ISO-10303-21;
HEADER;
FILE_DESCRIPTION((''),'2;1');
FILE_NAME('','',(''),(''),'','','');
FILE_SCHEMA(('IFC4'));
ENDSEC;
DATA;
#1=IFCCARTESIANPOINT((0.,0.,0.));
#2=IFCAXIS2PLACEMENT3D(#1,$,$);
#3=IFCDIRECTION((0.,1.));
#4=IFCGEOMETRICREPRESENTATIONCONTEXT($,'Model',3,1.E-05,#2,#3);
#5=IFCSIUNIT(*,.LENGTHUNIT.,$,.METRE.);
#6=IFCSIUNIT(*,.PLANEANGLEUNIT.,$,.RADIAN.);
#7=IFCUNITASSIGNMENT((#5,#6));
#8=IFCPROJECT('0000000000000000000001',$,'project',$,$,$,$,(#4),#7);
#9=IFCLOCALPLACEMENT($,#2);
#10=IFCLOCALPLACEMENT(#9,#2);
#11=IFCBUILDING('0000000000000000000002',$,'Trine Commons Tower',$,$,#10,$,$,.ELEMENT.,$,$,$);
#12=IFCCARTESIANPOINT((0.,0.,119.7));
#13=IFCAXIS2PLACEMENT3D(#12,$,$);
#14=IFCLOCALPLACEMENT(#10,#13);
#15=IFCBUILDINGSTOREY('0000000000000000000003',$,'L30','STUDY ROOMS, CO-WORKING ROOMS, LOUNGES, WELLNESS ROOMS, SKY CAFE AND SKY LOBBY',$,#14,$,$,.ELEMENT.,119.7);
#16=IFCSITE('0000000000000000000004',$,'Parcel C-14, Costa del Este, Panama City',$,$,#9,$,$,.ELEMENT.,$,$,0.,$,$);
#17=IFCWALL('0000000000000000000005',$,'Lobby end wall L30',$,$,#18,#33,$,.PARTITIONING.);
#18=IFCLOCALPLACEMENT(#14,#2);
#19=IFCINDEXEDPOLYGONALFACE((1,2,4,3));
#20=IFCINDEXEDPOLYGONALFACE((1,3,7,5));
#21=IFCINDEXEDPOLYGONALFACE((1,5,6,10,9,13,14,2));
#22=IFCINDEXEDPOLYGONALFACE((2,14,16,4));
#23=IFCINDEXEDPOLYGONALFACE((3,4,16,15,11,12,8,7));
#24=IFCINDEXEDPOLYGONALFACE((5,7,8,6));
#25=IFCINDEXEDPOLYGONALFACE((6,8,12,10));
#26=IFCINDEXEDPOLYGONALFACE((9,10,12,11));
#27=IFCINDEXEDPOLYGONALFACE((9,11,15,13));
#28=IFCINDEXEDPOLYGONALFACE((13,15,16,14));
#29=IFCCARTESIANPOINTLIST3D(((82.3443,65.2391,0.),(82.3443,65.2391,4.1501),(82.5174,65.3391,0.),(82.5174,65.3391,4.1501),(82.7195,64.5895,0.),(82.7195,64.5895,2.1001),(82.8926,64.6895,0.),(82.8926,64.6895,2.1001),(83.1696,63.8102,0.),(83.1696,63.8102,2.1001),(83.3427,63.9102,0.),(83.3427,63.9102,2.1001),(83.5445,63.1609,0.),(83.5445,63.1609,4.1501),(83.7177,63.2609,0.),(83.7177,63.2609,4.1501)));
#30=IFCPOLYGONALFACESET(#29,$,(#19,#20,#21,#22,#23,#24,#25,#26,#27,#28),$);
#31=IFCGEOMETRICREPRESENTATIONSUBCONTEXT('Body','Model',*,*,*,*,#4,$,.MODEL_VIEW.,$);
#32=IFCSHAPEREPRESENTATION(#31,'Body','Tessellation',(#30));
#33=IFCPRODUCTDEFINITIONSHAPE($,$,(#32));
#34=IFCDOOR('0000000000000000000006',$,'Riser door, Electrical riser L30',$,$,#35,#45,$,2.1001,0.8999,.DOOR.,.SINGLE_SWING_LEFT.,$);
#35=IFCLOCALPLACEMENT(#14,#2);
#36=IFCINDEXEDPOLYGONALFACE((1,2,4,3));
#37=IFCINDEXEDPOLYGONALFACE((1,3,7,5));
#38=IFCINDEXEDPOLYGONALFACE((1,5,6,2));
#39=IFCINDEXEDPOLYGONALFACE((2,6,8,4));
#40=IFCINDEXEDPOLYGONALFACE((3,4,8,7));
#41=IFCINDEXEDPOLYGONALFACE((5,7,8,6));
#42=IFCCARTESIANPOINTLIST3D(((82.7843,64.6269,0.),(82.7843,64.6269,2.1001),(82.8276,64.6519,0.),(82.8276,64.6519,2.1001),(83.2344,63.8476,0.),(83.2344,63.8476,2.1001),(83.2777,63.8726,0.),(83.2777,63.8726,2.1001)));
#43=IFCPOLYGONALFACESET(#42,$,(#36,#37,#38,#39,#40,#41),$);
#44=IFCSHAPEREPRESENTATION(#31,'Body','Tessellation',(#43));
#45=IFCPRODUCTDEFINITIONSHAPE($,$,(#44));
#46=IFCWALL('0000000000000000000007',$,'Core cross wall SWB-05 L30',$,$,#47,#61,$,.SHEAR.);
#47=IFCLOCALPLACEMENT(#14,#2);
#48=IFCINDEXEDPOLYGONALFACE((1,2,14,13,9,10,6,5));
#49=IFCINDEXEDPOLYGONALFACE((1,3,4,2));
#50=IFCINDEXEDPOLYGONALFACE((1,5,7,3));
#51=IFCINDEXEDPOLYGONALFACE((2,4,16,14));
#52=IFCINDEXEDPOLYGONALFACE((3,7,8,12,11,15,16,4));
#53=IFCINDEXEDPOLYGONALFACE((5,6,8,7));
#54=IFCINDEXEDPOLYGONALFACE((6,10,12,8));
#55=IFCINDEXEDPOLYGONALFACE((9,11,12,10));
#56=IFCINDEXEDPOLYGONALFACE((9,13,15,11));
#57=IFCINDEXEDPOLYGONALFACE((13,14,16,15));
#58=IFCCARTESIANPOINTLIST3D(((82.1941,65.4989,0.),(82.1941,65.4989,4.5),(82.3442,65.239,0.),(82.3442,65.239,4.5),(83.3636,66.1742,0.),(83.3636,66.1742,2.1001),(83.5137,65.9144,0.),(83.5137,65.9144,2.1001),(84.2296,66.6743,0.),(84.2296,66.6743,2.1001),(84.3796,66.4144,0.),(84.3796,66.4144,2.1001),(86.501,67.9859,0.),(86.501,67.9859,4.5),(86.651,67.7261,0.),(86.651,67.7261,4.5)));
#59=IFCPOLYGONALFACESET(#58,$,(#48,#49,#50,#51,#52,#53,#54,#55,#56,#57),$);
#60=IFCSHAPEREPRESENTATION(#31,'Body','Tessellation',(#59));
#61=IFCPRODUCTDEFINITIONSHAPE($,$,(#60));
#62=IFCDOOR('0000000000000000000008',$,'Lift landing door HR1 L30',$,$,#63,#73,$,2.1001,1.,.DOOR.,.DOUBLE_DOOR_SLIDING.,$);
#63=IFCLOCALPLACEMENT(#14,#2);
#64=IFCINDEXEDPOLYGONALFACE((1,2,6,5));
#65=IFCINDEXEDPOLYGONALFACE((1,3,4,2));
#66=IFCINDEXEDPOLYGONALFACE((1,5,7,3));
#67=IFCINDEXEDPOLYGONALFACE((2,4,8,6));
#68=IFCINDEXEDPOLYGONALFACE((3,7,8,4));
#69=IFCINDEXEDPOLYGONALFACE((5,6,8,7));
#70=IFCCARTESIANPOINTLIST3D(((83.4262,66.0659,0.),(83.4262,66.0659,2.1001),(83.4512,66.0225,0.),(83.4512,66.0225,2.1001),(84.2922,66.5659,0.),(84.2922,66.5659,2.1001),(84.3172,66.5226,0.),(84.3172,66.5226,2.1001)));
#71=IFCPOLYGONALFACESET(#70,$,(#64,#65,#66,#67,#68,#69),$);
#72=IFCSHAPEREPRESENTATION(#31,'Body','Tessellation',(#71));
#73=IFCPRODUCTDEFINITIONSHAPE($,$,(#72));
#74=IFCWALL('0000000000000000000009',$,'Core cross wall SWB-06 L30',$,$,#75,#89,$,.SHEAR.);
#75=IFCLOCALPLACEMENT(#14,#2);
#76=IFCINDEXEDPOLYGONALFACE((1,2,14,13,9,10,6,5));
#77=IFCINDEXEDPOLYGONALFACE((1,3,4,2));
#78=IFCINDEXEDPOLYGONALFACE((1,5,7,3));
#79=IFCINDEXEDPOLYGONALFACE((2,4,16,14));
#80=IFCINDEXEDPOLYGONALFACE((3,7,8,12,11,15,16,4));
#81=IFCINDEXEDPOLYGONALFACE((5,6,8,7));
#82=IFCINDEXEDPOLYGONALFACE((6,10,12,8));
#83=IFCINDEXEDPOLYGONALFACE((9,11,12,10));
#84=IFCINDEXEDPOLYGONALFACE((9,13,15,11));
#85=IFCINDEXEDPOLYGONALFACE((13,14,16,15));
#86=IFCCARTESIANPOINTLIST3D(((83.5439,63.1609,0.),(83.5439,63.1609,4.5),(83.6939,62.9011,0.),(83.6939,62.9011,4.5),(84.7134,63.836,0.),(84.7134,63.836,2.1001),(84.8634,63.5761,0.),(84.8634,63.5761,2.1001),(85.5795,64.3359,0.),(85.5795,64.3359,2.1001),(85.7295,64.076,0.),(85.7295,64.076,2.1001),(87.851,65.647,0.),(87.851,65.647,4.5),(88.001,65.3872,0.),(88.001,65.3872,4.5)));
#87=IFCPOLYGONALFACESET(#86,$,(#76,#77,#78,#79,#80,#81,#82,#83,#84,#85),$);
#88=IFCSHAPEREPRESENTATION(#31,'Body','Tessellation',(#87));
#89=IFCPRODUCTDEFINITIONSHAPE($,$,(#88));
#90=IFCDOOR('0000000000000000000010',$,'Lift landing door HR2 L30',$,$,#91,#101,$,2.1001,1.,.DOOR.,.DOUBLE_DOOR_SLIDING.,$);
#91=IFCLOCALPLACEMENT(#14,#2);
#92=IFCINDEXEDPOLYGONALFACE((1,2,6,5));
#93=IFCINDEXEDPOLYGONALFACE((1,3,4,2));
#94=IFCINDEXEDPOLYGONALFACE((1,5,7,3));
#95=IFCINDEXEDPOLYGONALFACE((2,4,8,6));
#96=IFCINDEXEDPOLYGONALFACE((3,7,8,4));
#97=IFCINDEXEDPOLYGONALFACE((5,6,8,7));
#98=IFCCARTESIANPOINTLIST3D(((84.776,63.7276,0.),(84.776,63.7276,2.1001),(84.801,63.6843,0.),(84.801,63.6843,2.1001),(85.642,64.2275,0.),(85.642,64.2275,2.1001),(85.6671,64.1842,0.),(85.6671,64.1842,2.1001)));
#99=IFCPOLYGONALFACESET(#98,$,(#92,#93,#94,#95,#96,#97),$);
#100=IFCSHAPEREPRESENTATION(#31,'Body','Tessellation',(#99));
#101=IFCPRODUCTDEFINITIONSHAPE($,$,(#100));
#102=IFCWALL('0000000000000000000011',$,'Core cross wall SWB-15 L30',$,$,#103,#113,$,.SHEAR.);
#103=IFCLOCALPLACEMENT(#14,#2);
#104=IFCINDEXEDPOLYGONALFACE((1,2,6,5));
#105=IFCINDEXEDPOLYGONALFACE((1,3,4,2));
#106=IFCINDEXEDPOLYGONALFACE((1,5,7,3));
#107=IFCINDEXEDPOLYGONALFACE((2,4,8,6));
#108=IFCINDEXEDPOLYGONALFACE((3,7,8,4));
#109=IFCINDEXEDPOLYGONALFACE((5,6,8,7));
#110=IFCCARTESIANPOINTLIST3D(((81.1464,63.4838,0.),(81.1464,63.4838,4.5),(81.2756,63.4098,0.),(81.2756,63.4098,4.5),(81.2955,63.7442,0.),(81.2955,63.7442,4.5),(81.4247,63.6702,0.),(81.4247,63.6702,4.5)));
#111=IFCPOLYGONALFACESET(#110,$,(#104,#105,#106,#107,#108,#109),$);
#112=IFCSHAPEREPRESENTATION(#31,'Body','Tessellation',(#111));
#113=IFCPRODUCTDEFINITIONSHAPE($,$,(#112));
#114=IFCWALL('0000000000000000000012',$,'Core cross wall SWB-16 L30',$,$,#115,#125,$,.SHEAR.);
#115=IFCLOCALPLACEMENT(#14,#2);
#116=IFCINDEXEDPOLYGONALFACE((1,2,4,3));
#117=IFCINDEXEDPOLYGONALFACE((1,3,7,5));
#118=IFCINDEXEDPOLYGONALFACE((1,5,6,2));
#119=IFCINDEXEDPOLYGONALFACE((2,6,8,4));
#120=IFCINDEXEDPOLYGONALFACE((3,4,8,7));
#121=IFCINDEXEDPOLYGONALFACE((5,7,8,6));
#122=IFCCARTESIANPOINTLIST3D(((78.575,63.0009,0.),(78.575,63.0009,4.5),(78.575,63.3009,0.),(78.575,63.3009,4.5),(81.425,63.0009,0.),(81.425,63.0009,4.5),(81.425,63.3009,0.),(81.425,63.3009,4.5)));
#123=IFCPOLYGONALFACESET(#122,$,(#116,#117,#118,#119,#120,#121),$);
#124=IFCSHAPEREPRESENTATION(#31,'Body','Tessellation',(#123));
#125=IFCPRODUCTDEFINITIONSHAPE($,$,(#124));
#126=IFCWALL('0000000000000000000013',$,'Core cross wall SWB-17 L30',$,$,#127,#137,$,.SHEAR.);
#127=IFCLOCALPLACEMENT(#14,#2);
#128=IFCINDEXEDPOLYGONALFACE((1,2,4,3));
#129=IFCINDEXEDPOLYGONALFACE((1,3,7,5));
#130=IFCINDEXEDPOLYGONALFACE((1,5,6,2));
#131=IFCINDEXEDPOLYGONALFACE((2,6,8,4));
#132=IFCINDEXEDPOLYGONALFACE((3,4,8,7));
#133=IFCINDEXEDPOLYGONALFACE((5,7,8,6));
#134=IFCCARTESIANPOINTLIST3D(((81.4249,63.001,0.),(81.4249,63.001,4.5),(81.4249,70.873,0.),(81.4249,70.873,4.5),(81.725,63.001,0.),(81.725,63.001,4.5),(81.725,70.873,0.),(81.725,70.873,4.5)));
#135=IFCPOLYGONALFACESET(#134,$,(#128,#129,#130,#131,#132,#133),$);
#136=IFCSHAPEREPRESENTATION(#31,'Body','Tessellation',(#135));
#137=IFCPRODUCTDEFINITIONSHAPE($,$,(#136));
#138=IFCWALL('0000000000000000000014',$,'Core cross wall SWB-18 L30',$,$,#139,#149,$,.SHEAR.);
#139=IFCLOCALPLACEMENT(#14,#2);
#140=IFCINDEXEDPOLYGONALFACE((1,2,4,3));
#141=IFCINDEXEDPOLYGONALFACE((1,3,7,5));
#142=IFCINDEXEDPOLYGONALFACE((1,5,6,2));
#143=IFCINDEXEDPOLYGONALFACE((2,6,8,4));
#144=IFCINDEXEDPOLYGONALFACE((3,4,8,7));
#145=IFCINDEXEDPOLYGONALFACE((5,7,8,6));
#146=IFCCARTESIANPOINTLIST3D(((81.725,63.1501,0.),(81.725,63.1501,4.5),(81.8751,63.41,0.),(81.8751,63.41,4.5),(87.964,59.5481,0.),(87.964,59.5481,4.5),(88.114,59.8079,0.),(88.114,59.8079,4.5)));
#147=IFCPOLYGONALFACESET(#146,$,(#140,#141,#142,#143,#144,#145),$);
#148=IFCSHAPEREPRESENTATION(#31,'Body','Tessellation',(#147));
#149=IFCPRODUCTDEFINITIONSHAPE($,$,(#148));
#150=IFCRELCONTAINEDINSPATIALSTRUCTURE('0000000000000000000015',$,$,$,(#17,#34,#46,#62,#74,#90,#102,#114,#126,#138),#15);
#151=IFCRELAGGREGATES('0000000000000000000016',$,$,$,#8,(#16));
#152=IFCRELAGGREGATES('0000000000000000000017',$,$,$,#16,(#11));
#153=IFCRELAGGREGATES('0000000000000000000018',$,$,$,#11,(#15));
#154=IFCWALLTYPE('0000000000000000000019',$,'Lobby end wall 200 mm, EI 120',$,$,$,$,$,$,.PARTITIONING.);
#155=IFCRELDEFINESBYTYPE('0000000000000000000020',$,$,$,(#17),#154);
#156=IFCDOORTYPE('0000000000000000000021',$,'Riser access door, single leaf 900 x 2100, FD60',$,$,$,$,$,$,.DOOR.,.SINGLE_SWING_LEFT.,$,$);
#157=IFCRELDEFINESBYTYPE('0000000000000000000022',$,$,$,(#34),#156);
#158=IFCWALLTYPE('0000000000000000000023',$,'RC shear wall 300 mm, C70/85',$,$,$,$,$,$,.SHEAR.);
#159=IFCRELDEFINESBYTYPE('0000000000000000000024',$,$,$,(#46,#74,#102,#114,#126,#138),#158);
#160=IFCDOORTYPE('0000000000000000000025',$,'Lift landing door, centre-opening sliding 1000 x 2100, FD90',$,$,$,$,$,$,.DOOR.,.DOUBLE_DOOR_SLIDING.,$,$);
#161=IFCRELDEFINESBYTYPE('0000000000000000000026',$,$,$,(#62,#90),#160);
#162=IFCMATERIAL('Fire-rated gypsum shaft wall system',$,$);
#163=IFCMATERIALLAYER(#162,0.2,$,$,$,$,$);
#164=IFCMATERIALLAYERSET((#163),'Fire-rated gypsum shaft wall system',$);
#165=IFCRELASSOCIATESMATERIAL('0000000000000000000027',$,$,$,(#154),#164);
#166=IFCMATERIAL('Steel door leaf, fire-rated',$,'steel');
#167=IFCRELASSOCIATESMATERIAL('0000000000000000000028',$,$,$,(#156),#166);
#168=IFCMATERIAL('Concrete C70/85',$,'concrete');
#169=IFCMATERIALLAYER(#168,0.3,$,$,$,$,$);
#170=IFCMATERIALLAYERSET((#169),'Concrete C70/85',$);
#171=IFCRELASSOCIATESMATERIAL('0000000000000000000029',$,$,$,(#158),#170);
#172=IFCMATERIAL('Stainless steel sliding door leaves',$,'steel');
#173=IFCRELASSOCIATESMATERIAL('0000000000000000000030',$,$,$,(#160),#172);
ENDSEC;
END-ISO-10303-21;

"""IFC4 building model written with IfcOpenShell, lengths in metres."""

from ifc_helpers import new_model, si_unit, direction, frame, frame_2d, origin, place, context, subcontext, project, spatial, rectangle, extrude, material, layer, layer_set, type_object, element, fill, save


model = new_model("IFC4")

# Units and contexts
model_context = context("Model", 3, precision=1e-05, world=origin(), true_north=direction((0.0, 1.0)))
body_context = subcontext(model_context, "Body", "Model", "MODEL_VIEW")
ifc_project = project(units=[si_unit("LENGTHUNIT", "METRE"), si_unit("PLANEANGLEUNIT", "RADIAN")], contexts=[model_context])

# Site, building, storey
site_placement = place(None, origin())
site = spatial("IfcSite", under=ifc_project, at=site_placement, Name="Parcel C-14, Costa del Este, Panama City", CompositionType="ELEMENT", RefElevation=0.0)
building_placement = place(site_placement, origin())
building = spatial("IfcBuilding", under=site, at=building_placement, Name="Trine Commons Tower", CompositionType="ELEMENT")
storey_placement = place(building_placement, frame((0.0, 0.0, 119.7)))
storey = spatial("IfcBuildingStorey", under=building, at=storey_placement, Name="L30", Description="STUDY ROOMS, CO-WORKING ROOMS, LOUNGES, WELLNESS ROOMS, SKY CAFE AND SKY LOBBY", CompositionType="ELEMENT", Elevation=119.7)

# Walls, openings, doors
ifc_material_1 = material(Name="Fire-rated gypsum shaft wall system")
ifc_layer_1 = layer(ifc_material_1, 0.2)
ifc_layer_set_1 = layer_set([ifc_layer_1], Name="Fire-rated gypsum shaft wall system")
wall_type_1 = type_object("IfcWallType", Name="Lobby end wall 200 mm, EI 120", PredefinedType="PARTITIONING", material=ifc_layer_set_1)
wall_1_placement = place(storey_placement, frame((83.6311, 63.2109, 0.0), z_axis=(0.0, 0.0, 1.0), x_axis=(-0.500122, 0.865955, 0.0)))
wall_1 = element("IfcWall", 1, at=wall_1_placement, inside=storey, type_object=wall_type_1, Name="Lobby end wall L30", PredefinedType="PARTITIONING", context=body_context, shape_type="SweptSolid", body=[
    extrude(rectangle(XDim=2.3999, YDim=0.2, at=frame_2d((1.2, 0.0))), origin(), (0.0, 0.0, 1.0), 4.1501),
])
opening_1_placement = place(wall_1_placement, frame((0.7498, 0.0, 0.0)))
opening_1 = element("IfcOpeningElement", 2, at=opening_1_placement, cuts=wall_1, PredefinedType="OPENING", context=body_context, shape_type="SweptSolid", body=[
    extrude(rectangle(XDim=0.8999, YDim=2.1001, at=frame_2d((0.45, 1.05))), frame((0.0, 0.1099, 0.0), z_axis=(0.0, -1.0, 0.0), x_axis=(1.0, 0.0, 0.0)), (0.0, 0.0, 1.0), 0.22),
])
ifc_material_2 = material(Name="Steel door leaf, fire-rated", Category="steel")
door_type_1 = type_object("IfcDoorType", Name="Riser access door, single leaf 900 x 2100, FD60", OperationType="SINGLE_SWING_LEFT", PredefinedType="DOOR", material=ifc_material_2)
door_1_placement = place(opening_1_placement, frame((0.8999, 0.0, 0.0), z_axis=(0.0, 0.0, 1.0), x_axis=(-1.0, 0.0, 0.0)))
door_1 = element("IfcDoor", 3, at=door_1_placement, inside=storey, type_object=door_type_1, Name="Riser door, Electrical riser L30", OperationType="SINGLE_SWING_LEFT", OverallHeight=2.1001, OverallWidth=0.8999, PredefinedType="DOOR", context=body_context, shape_type="SweptSolid", body=[
    extrude(rectangle(XDim=0.8999, YDim=2.1001, at=frame_2d((0.45, 1.05))), frame((0.0, 0.0249, 0.0), z_axis=(0.0, -1.0, 0.0), x_axis=(1.0, 0.0, 0.0)), (0.0, 0.0, 1.0), 0.05),
])
fill(opening_1, door_1)
ifc_material_3 = material(Name="Concrete C70/85", Category="concrete")
ifc_layer_2 = layer(ifc_material_3, 0.3)
ifc_layer_set_2 = layer_set([ifc_layer_2], Name="Concrete C70/85")
wall_type_2 = type_object("IfcWallType", Name="RC shear wall 300 mm, C70/85", PredefinedType="SHEAR", material=ifc_layer_set_2)
wall_2_placement = place(storey_placement, frame((82.269, 65.3689, 0.0), z_axis=(0.0, 0.0, 1.0), x_axis=(0.865984, 0.500072, 0.0)))
wall_2 = element("IfcWall", 4, at=wall_2_placement, inside=storey, type_object=wall_type_2, Name="Core cross wall SWB-05 L30", PredefinedType="SHEAR", context=body_context, shape_type="SweptSolid", body=[
    extrude(rectangle(XDim=4.9734, YDim=0.3, at=frame_2d((2.4868, 0.0))), origin(), (0.0, 0.0, 1.0), 4.5),
])
opening_2_placement = place(wall_2_placement, frame((1.3506, 0.0, 0.0)))
opening_2 = element("IfcOpeningElement", 5, at=opening_2_placement, cuts=wall_2, PredefinedType="OPENING", context=body_context, shape_type="SweptSolid", body=[
    extrude(rectangle(XDim=1.0, YDim=2.1001, at=frame_2d((0.5, 1.05))), frame((0.0, 0.1599, 0.0), z_axis=(0.0, -1.0, 0.0), x_axis=(1.0, 0.0, 0.0)), (0.0, 0.0, 1.0), 0.3201),
])
ifc_material_4 = material(Name="Stainless steel sliding door leaves", Category="steel")
door_type_2 = type_object("IfcDoorType", Name="Lift landing door, centre-opening sliding 1000 x 2100, FD90", OperationType="DOUBLE_DOOR_SLIDING", PredefinedType="DOOR", material=ifc_material_4)
door_2_placement = place(opening_2_placement, origin())
door_2 = element("IfcDoor", 6, at=door_2_placement, inside=storey, type_object=door_type_2, Name="Lift landing door HR1 L30", OperationType="DOUBLE_DOOR_SLIDING", OverallHeight=2.1001, OverallWidth=1.0, PredefinedType="DOOR", context=body_context, shape_type="SweptSolid", body=[
    extrude(rectangle(XDim=1.0, YDim=2.1001, at=frame_2d((0.5, 1.05))), frame((0.0, 0.0249, 0.0), z_axis=(0.0, -1.0, 0.0), x_axis=(1.0, 0.0, 0.0)), (0.0, 0.0, 1.0), 0.05),
])
fill(opening_2, door_2)
wall_3_placement = place(storey_placement, frame((83.6189, 63.031, 0.0), z_axis=(0.0, 0.0, 1.0), x_axis=(0.866081, 0.499904, 0.0)))
wall_3 = element("IfcWall", 7, at=wall_3_placement, inside=storey, type_object=wall_type_2, Name="Core cross wall SWB-06 L30", PredefinedType="SHEAR", context=body_context, shape_type="SweptSolid", body=[
    extrude(rectangle(XDim=4.9731, YDim=0.3, at=frame_2d((2.4866, 0.0))), origin(), (0.0, 0.0, 1.0), 4.5),
])
opening_3_placement = place(wall_3_placement, frame((1.3503, 0.0, 0.0)))
opening_3 = element("IfcOpeningElement", 8, at=opening_3_placement, cuts=wall_3, PredefinedType="OPENING", context=body_context, shape_type="SweptSolid", body=[
    extrude(rectangle(XDim=1.0, YDim=2.1001, at=frame_2d((0.5, 1.05))), frame((0.0, 0.1599, 0.0), z_axis=(0.0, -1.0, 0.0), x_axis=(1.0, 0.0, 0.0)), (0.0, 0.0, 1.0), 0.3201),
])
door_3_placement = place(opening_3_placement, origin())
door_3 = element("IfcDoor", 9, at=door_3_placement, inside=storey, type_object=door_type_2, Name="Lift landing door HR2 L30", OperationType="DOUBLE_DOOR_SLIDING", OverallHeight=2.1001, OverallWidth=1.0, PredefinedType="DOOR", context=body_context, shape_type="SweptSolid", body=[
    extrude(rectangle(XDim=1.0, YDim=2.1001, at=frame_2d((0.5, 1.05))), frame((0.0, 0.0249, 0.0), z_axis=(0.0, -1.0, 0.0), x_axis=(1.0, 0.0, 0.0)), (0.0, 0.0, 1.0), 0.05),
])
fill(opening_3, door_3)

# Walls
wall_4_placement = place(storey_placement, frame((81.2209, 63.614, 0.0), z_axis=(0.0, 0.0, 1.0), x_axis=(0.867738, -0.497022, 0.0)))
element("IfcWall", 10, at=wall_4_placement, inside=storey, type_object=wall_type_2, Name="Core cross wall SWB-15 L30", PredefinedType="SHEAR", context=body_context, shape_type="SweptSolid", body=[
    extrude(rectangle(XDim=0.1489, YDim=0.3, at=frame_2d((0.0745, 0.0))), origin(), (0.0, 0.0, 1.0), 4.5),
])
wall_5_placement = place(storey_placement, frame((81.425, 63.1509, 0.0), z_axis=(0.0, 0.0, 1.0), x_axis=(-1.0, 0.0, 0.0)))
element("IfcWall", 11, at=wall_5_placement, inside=storey, type_object=wall_type_2, Name="Core cross wall SWB-16 L30", PredefinedType="SHEAR", context=body_context, shape_type="SweptSolid", body=[
    extrude(rectangle(XDim=2.8501, YDim=0.3, at=frame_2d((1.425, 0.0))), origin(), (0.0, 0.0, 1.0), 4.5),
])
wall_6_placement = place(storey_placement, frame((81.575, 63.001, 0.0), z_axis=(0.0, 0.0, 1.0), x_axis=(0.0, 1.0, 0.0)))
element("IfcWall", 12, at=wall_6_placement, inside=storey, type_object=wall_type_2, Name="Core cross wall SWB-17 L30", PredefinedType="SHEAR", context=body_context, shape_type="SweptSolid", body=[
    extrude(rectangle(XDim=7.8721, YDim=0.3, at=frame_2d((3.936, 0.0))), origin(), (0.0, 0.0, 1.0), 4.5),
])
wall_7_placement = place(storey_placement, frame((81.8, 63.28, 0.0), z_axis=(0.0, 0.0, 1.0), x_axis=(0.866028, -0.499995, 0.0)))
element("IfcWall", 13, at=wall_7_placement, inside=storey, type_object=wall_type_2, Name="Core cross wall SWB-18 L30", PredefinedType="SHEAR", context=body_context, shape_type="SweptSolid", body=[
    extrude(rectangle(XDim=7.2041, YDim=0.3, at=frame_2d((3.6021, 0.0))), origin(), (0.0, 0.0, 1.0), 4.5),
])

save(model, "model.ifc")
